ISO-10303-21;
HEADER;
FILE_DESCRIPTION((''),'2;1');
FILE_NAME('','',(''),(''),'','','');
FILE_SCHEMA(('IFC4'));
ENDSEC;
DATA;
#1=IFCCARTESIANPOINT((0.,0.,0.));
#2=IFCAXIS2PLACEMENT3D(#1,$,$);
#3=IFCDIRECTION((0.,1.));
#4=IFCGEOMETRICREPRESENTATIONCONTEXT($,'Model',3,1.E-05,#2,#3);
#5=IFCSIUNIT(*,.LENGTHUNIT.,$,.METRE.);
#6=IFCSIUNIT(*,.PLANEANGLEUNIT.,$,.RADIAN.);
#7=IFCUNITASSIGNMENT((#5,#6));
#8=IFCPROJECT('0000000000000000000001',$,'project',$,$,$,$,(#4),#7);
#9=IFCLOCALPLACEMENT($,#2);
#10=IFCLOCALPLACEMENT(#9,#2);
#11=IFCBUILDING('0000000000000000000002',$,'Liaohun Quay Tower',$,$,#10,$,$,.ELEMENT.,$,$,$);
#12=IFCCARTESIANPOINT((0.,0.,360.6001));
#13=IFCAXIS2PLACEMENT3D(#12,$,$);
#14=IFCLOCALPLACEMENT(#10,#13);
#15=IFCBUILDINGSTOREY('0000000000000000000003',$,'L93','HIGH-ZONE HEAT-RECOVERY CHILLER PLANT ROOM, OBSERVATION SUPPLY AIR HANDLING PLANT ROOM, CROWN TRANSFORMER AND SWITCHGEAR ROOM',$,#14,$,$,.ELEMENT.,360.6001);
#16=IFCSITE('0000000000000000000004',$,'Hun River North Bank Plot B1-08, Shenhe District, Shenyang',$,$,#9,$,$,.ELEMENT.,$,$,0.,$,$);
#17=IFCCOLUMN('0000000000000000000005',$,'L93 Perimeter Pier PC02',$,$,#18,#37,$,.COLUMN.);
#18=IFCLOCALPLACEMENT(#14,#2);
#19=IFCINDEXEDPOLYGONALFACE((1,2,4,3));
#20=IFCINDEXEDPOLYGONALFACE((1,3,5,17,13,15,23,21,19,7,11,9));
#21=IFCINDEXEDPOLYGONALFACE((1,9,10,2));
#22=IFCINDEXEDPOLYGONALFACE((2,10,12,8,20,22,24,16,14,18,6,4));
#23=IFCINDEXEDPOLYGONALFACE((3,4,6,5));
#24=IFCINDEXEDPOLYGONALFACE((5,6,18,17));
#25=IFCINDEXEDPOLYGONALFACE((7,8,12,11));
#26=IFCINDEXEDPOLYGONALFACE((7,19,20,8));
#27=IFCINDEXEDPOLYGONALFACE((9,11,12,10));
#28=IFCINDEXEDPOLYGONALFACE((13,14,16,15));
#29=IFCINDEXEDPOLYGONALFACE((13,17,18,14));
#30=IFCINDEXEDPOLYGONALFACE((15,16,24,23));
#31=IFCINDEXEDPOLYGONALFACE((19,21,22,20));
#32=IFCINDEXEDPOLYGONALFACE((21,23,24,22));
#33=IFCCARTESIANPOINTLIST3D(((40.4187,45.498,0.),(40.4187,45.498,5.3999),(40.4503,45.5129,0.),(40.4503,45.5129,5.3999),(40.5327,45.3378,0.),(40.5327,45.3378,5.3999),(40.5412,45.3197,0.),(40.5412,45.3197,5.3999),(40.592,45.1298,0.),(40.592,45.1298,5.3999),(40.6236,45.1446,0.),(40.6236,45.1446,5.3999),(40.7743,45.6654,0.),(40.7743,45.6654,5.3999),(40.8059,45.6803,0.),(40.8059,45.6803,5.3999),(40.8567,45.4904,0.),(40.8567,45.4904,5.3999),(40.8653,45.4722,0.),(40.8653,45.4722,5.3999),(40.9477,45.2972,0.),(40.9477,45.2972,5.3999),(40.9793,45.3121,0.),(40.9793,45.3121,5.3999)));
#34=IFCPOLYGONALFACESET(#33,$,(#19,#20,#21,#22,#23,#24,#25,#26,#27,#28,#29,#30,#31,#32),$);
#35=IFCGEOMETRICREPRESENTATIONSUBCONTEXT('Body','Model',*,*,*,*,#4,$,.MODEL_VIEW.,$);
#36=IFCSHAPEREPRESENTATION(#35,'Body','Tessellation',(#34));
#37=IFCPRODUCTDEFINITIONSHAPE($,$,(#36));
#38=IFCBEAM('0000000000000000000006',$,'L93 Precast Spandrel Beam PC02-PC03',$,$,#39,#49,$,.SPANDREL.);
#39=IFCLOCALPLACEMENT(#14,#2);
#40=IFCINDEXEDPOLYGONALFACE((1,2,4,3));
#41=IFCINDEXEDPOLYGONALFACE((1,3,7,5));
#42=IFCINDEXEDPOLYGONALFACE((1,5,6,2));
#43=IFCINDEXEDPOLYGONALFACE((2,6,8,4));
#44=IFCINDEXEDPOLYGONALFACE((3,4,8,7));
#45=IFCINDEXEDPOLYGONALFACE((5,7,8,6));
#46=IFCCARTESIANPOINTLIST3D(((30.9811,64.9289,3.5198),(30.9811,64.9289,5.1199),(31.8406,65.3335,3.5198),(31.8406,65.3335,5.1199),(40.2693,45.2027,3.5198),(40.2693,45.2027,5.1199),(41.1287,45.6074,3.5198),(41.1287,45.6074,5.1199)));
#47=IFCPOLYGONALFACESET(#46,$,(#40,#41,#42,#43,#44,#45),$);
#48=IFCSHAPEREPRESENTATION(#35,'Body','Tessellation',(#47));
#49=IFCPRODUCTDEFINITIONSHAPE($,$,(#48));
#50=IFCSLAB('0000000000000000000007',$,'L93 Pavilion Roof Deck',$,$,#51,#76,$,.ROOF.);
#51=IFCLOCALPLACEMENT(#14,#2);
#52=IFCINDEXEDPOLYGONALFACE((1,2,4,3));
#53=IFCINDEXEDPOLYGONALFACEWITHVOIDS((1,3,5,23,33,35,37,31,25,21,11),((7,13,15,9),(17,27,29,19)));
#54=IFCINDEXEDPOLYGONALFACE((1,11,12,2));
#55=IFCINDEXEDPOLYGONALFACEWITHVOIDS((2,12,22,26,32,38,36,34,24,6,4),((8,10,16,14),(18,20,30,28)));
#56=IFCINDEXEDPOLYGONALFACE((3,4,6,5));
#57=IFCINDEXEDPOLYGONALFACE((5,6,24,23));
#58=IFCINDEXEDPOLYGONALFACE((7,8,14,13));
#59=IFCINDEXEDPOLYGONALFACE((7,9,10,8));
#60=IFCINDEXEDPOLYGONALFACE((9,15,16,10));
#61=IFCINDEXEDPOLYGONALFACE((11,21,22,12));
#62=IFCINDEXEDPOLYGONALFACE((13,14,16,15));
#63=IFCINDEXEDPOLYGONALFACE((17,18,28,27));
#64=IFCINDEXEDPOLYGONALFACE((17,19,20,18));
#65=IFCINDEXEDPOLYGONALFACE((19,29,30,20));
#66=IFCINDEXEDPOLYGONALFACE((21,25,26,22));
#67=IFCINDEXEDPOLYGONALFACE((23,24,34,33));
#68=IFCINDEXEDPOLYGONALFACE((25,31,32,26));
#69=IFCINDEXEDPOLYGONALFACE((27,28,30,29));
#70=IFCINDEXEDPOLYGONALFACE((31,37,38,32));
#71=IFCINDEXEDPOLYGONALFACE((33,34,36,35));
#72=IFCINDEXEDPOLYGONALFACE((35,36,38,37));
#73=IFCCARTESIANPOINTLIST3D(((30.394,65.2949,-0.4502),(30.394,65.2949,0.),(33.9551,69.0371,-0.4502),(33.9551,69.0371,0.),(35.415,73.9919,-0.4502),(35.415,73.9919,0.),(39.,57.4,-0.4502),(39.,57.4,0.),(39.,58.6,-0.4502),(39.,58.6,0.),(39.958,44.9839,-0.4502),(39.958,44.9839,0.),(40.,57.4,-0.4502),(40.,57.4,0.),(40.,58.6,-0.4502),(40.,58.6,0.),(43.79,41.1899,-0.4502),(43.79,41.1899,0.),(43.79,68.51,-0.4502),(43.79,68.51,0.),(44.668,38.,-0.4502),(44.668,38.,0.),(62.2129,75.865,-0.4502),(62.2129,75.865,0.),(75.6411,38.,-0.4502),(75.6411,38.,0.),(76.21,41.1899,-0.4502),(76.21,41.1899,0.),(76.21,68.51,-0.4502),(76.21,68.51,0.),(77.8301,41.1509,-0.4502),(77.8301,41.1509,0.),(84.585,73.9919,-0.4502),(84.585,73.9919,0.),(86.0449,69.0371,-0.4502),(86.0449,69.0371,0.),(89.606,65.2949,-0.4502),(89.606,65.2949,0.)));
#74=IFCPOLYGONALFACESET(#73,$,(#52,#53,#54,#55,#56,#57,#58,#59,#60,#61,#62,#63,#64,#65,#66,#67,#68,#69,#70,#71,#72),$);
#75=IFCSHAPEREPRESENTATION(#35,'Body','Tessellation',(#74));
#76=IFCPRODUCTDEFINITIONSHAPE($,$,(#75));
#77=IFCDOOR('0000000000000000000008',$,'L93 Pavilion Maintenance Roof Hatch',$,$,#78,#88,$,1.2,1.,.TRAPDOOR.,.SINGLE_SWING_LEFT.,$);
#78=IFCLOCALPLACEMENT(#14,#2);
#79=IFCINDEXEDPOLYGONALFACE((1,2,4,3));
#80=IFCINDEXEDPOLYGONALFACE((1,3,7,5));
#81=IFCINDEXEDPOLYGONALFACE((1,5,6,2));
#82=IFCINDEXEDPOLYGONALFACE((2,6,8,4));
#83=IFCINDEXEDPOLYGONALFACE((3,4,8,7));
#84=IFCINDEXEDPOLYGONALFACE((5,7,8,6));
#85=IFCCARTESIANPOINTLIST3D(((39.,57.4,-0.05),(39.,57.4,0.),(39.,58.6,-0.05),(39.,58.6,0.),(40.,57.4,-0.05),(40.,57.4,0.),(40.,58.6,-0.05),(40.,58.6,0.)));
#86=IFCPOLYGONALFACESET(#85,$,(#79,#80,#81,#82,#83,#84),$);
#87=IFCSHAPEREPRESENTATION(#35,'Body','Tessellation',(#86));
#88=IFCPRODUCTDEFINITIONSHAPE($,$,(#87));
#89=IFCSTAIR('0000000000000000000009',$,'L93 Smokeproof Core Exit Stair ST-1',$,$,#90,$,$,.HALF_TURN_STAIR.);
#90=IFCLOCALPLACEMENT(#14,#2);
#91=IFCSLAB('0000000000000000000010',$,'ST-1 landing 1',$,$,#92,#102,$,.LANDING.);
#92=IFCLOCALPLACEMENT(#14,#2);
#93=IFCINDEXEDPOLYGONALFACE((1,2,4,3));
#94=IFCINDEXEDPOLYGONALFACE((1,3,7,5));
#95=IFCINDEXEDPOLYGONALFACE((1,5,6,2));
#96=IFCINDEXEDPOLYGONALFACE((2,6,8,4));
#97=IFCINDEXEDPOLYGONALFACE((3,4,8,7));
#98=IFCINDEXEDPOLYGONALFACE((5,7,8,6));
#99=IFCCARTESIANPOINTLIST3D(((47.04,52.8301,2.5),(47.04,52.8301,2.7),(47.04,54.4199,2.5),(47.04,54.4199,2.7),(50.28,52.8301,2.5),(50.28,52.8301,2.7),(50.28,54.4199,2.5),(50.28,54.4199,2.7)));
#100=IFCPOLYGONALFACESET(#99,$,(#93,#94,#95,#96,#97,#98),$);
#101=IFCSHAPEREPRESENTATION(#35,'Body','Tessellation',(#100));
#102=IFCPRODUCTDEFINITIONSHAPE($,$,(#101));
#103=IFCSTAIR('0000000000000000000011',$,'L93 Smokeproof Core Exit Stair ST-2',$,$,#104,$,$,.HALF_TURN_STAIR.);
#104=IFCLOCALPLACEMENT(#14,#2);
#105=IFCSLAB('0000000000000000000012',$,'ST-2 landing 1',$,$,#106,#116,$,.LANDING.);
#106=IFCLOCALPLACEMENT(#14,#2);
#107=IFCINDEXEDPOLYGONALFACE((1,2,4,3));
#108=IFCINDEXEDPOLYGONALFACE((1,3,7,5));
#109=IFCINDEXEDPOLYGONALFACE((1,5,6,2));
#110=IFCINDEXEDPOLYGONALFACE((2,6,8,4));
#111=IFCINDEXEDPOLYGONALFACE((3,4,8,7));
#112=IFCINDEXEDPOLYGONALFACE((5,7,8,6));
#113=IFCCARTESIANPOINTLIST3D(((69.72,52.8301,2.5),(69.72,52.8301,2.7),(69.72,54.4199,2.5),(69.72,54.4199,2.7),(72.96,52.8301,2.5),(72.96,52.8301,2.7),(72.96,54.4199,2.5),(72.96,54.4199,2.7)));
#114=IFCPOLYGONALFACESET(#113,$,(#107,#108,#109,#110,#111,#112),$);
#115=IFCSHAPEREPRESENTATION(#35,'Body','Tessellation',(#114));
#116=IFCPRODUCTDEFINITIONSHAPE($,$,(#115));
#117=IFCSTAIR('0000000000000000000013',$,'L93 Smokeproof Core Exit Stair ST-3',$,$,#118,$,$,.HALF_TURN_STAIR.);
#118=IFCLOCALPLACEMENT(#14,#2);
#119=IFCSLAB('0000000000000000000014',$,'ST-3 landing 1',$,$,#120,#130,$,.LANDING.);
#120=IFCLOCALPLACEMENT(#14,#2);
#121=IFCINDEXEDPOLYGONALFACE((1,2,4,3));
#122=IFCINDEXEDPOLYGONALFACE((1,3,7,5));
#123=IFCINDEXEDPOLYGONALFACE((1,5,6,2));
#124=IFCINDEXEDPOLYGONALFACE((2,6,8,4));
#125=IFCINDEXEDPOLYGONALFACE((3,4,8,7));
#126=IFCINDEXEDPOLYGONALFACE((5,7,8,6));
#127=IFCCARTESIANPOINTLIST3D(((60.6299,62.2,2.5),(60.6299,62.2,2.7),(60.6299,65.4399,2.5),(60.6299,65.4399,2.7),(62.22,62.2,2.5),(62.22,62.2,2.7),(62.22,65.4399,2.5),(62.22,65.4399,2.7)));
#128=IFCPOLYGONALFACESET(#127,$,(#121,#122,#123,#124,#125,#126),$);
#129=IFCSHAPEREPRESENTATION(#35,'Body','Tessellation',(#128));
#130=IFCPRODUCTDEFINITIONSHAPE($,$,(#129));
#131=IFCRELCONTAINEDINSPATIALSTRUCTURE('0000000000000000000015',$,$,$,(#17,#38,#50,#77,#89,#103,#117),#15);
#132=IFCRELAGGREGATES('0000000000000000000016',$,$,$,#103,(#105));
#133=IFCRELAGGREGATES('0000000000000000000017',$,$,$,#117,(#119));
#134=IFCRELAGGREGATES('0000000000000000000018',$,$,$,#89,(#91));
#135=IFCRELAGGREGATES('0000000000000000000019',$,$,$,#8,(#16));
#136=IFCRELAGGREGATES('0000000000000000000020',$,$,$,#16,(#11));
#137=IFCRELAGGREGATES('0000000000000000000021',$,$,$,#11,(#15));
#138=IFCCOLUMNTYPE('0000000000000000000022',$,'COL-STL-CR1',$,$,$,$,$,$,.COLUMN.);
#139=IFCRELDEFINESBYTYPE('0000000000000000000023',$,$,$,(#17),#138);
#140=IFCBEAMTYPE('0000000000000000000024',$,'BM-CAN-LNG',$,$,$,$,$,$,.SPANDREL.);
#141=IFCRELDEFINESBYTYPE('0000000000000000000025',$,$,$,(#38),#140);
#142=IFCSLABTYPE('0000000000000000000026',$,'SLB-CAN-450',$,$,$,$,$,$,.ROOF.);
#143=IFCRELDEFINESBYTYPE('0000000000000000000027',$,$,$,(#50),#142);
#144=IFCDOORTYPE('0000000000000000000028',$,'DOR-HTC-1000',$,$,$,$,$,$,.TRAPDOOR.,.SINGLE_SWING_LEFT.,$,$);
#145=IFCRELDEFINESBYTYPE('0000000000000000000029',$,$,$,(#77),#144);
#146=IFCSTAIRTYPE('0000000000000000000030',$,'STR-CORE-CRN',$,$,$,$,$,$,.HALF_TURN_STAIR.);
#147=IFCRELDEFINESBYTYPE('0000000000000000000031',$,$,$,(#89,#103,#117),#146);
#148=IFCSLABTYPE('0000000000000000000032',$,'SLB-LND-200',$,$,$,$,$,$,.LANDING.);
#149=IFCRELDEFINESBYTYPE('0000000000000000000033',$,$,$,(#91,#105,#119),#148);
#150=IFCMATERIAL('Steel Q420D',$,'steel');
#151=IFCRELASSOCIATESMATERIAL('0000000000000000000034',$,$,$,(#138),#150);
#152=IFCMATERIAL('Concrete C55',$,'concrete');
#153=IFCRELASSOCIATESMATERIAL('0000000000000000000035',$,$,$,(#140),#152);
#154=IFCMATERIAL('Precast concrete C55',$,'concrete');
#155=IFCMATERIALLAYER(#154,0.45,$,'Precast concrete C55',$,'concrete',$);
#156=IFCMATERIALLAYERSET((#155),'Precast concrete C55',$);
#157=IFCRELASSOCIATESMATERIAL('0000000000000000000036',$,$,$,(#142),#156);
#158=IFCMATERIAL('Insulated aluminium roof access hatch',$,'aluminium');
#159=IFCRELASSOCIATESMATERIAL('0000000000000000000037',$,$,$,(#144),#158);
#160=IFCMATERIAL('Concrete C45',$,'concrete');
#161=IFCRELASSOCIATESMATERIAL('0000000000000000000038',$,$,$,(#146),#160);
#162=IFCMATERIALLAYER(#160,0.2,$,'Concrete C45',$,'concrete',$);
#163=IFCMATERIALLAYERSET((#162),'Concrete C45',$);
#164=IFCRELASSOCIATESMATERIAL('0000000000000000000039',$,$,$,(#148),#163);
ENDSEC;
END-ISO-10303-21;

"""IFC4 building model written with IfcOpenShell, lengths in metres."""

from ifc_helpers import new_model, si_unit, direction, frame, origin, origin_2d, place, context, subcontext, project, spatial, polyline, rectangle, i_section, outline, extrude, source, transform, mapped, material, layer, layer_set, material_profile, profile_set, type_object, element, fill, aggregate, save


model = new_model("IFC4")

# Units and contexts
model_context = context("Model", 3, precision=1e-05, world=origin(), true_north=direction((0.0, 1.0)))
body_context = subcontext(model_context, "Body", "Model", "MODEL_VIEW")
ifc_project = project(units=[si_unit("LENGTHUNIT", "METRE"), si_unit("PLANEANGLEUNIT", "RADIAN")], contexts=[model_context])

# Site, building, storey
site_placement = place(None, origin())
site = spatial("IfcSite", under=ifc_project, at=site_placement, Name="Hun River North Bank Plot B1-08, Shenhe District, Shenyang", CompositionType="ELEMENT", RefElevation=0.0)
building_placement = place(site_placement, origin())
building = spatial("IfcBuilding", under=site, at=building_placement, Name="Liaohun Quay Tower", CompositionType="ELEMENT")
storey_placement = place(building_placement, frame((0.0, 0.0, 360.6001)))
storey = spatial("IfcBuildingStorey", under=building, at=storey_placement, Name="L93", Description="HIGH-ZONE HEAT-RECOVERY CHILLER PLANT ROOM, OBSERVATION SUPPLY AIR HANDLING PLANT ROOM, CROWN TRANSFORMER AND SWITCHGEAR ROOM", CompositionType="ELEMENT", Elevation=360.6001)

# Column
ifc_material_1 = material(Name="Steel Q420D", Category="steel")
ifc_material_profile_1 = material_profile(ifc_material_1, i_section(OverallWidth=0.407, OverallDepth=0.428, WebThickness=0.02, FlangeThickness=0.0349, at=origin_2d()), Name="HW428x407x20x35")
ifc_profile_set_1 = profile_set([ifc_material_profile_1], Name="Steel Q420D")
column_type = type_object("IfcColumnType", Name="COL-STL-CR1", PredefinedType="COLUMN", material=ifc_profile_set_1)
shared_shape_1 = source(origin(), body_context, "Body", "SweptSolid", [
    extrude(i_section(OverallWidth=0.407, OverallDepth=0.428, WebThickness=0.02, FlangeThickness=0.0349, at=origin_2d()), origin(), (0.0, 0.0, 1.0), 5.3999),
])
column_placement = place(storey_placement, frame((40.699, 45.405, 0.0), z_axis=(0.0, 0.0, 1.0), x_axis=(-0.425937, 0.904753, 0.0)))
element("IfcColumn", 1, at=column_placement, inside=storey, type_object=column_type, Name="L93 Perimeter Pier PC02", PredefinedType="COLUMN", context=body_context, shape_type="MappedRepresentation", body=[
    mapped(shared_shape_1, transform((0.0, 0.0, 0.0), x_axis=(1.0, 0.0, 0.0), y_axis=(0.0, 1.0, 0.0), z_axis=(0.0, 0.0, 1.0), scale=1.0)),
])

# Beam
ifc_material_2 = material(Name="Concrete C55", Category="concrete")
ifc_material_profile_2 = material_profile(ifc_material_2, rectangle(XDim=0.95, YDim=1.6001, at=origin_2d()), Name="RC950x1600")
ifc_profile_set_2 = profile_set([ifc_material_profile_2], Name="Concrete C55")
beam_type = type_object("IfcBeamType", Name="BM-CAN-LNG", PredefinedType="SPANDREL", material=ifc_profile_set_2)
shared_shape_2 = source(origin(), body_context, "Body", "SweptSolid", [
    extrude(rectangle(XDim=0.95, YDim=1.6001, at=origin_2d()), origin(), (0.0, 0.0, 1.0), 21.8035),
])
beam_placement = place(storey_placement, frame((40.699, 45.405, 4.3198), z_axis=(-0.425993, 0.904726, 0.0), x_axis=(-0.904726, -0.425993, 0.0)))
element("IfcBeam", 2, at=beam_placement, inside=storey, type_object=beam_type, Name="L93 Precast Spandrel Beam PC02-PC03", PredefinedType="SPANDREL", context=body_context, shape_type="MappedRepresentation", body=[
    mapped(shared_shape_2, transform((0.0, 0.0, 0.0), x_axis=(1.0, 0.0, 0.0), y_axis=(0.0, 1.0, 0.0), z_axis=(0.0, 0.0, 1.0), scale=1.0)),
])

# Slab, opening, door
ifc_material_3 = material(Name="Precast concrete C55", Category="concrete")
ifc_layer_1 = layer(ifc_material_3, 0.45, Name="Precast concrete C55", Category="concrete")
ifc_layer_set_1 = layer_set([ifc_layer_1], Name="Precast concrete C55")
slab_type_1 = type_object("IfcSlabType", Name="SLB-CAN-450", PredefinedType="ROOF", material=ifc_layer_set_1)
slab_1_placement = place(storey_placement, frame((0.0, 0.0, -0.4502)))
slab_1 = element("IfcSlab", 3, at=slab_1_placement, inside=storey, type_object=slab_type_1, Name="L93 Pavilion Roof Deck", PredefinedType="ROOF", context=body_context, shape_type="SweptSolid", body=[
    extrude(outline(polyline([(44.668, 38.0), (75.6411, 38.0), (77.8301, 41.1509), (89.606, 65.2949), (86.0449, 69.0371), (84.585, 73.9919), (62.2129, 75.865), (35.415, 73.9919), (33.9551, 69.0371), (30.394, 65.2949), (39.958, 44.9839), (44.668, 38.0)]), holes=[polyline([(76.21, 41.1899), (76.21, 68.51), (43.79, 68.51), (43.79, 41.1899), (76.21, 41.1899)])]), origin(), (0.0, 0.0, 1.0), 0.4502),
])
opening_1_placement = place(slab_1_placement, frame((39.5, 58.0, 0.0)))
opening_1 = element("IfcOpeningElement", 4, at=opening_1_placement, cuts=slab_1, PredefinedType="OPENING", context=body_context, shape_type="SweptSolid", body=[
    extrude(rectangle(XDim=1.0, YDim=1.2, at=origin_2d()), origin(), (0.0, 0.0, 1.0), 0.4502),
])
ifc_material_4 = material(Name="Insulated aluminium roof access hatch", Category="aluminium")
door_type_1 = type_object("IfcDoorType", Name="DOR-HTC-1000", OperationType="SINGLE_SWING_LEFT", PredefinedType="TRAPDOOR", material=ifc_material_4)
door_1_placement = place(opening_1_placement, frame((0.0, 0.0, 0.4001)))
door_1 = element("IfcDoor", 5, at=door_1_placement, inside=storey, type_object=door_type_1, Name="L93 Pavilion Maintenance Roof Hatch", OperationType="SINGLE_SWING_LEFT", OverallHeight=1.2, OverallWidth=1.0, PredefinedType="TRAPDOOR", context=body_context, shape_type="SweptSolid", body=[
    extrude(rectangle(XDim=1.0, YDim=1.2, at=origin_2d()), origin(), (0.0, 0.0, 1.0), 0.05),
])
fill(opening_1, door_1)

# Stairs, slabs
ifc_material_5 = material(Name="Concrete C45", Category="concrete")
stair_type = type_object("IfcStairType", Name="STR-CORE-CRN", PredefinedType="HALF_TURN_STAIR", material=ifc_material_5)
stair_1_placement = place(storey_placement, origin())
stair_1 = element("IfcStair", 6, at=stair_1_placement, inside=storey, type_object=stair_type, Name="L93 Smokeproof Core Exit Stair ST-1", PredefinedType="HALF_TURN_STAIR")
ifc_layer_2 = layer(ifc_material_5, 0.2, Name="Concrete C45", Category="concrete")
ifc_layer_set_2 = layer_set([ifc_layer_2], Name="Concrete C45")
slab_type_2 = type_object("IfcSlabType", Name="SLB-LND-200", PredefinedType="LANDING", material=ifc_layer_set_2)
slab_2_placement = place(storey_placement, frame((0.0, 0.0, 2.5)))
slab_2 = element("IfcSlab", 7, at=slab_2_placement, type_object=slab_type_2, Name="ST-1 landing 1", PredefinedType="LANDING", context=body_context, shape_type="SweptSolid", body=[
    extrude(outline(polyline([(50.28, 52.8301), (50.28, 54.4199), (47.04, 54.4199), (47.04, 52.8301), (50.28, 52.8301)])), origin(), (0.0, 0.0, 1.0), 0.2),
])
stair_2_placement = place(storey_placement, origin())
stair_2 = element("IfcStair", 8, at=stair_2_placement, inside=storey, type_object=stair_type, Name="L93 Smokeproof Core Exit Stair ST-2", PredefinedType="HALF_TURN_STAIR")
slab_3_placement = place(storey_placement, frame((0.0, 0.0, 2.5)))
slab_3 = element("IfcSlab", 9, at=slab_3_placement, type_object=slab_type_2, Name="ST-2 landing 1", PredefinedType="LANDING", context=body_context, shape_type="SweptSolid", body=[
    extrude(outline(polyline([(72.96, 52.8301), (72.96, 54.4199), (69.72, 54.4199), (69.72, 52.8301), (72.96, 52.8301)])), origin(), (0.0, 0.0, 1.0), 0.2),
])
aggregate(stair_2, [slab_3])
stair_3_placement = place(storey_placement, origin())
stair_3 = element("IfcStair", 10, at=stair_3_placement, inside=storey, type_object=stair_type, Name="L93 Smokeproof Core Exit Stair ST-3", PredefinedType="HALF_TURN_STAIR")
slab_4_placement = place(storey_placement, frame((0.0, 0.0, 2.5)))
slab_4 = element("IfcSlab", 11, at=slab_4_placement, type_object=slab_type_2, Name="ST-3 landing 1", PredefinedType="LANDING", context=body_context, shape_type="SweptSolid", body=[
    extrude(outline(polyline([(60.6299, 62.2), (62.22, 62.2), (62.22, 65.4399), (60.6299, 65.4399), (60.6299, 62.2)])), origin(), (0.0, 0.0, 1.0), 0.2),
])
aggregate(stair_3, [slab_4])

aggregate(stair_1, [slab_2])

save(model, "model.ifc")
